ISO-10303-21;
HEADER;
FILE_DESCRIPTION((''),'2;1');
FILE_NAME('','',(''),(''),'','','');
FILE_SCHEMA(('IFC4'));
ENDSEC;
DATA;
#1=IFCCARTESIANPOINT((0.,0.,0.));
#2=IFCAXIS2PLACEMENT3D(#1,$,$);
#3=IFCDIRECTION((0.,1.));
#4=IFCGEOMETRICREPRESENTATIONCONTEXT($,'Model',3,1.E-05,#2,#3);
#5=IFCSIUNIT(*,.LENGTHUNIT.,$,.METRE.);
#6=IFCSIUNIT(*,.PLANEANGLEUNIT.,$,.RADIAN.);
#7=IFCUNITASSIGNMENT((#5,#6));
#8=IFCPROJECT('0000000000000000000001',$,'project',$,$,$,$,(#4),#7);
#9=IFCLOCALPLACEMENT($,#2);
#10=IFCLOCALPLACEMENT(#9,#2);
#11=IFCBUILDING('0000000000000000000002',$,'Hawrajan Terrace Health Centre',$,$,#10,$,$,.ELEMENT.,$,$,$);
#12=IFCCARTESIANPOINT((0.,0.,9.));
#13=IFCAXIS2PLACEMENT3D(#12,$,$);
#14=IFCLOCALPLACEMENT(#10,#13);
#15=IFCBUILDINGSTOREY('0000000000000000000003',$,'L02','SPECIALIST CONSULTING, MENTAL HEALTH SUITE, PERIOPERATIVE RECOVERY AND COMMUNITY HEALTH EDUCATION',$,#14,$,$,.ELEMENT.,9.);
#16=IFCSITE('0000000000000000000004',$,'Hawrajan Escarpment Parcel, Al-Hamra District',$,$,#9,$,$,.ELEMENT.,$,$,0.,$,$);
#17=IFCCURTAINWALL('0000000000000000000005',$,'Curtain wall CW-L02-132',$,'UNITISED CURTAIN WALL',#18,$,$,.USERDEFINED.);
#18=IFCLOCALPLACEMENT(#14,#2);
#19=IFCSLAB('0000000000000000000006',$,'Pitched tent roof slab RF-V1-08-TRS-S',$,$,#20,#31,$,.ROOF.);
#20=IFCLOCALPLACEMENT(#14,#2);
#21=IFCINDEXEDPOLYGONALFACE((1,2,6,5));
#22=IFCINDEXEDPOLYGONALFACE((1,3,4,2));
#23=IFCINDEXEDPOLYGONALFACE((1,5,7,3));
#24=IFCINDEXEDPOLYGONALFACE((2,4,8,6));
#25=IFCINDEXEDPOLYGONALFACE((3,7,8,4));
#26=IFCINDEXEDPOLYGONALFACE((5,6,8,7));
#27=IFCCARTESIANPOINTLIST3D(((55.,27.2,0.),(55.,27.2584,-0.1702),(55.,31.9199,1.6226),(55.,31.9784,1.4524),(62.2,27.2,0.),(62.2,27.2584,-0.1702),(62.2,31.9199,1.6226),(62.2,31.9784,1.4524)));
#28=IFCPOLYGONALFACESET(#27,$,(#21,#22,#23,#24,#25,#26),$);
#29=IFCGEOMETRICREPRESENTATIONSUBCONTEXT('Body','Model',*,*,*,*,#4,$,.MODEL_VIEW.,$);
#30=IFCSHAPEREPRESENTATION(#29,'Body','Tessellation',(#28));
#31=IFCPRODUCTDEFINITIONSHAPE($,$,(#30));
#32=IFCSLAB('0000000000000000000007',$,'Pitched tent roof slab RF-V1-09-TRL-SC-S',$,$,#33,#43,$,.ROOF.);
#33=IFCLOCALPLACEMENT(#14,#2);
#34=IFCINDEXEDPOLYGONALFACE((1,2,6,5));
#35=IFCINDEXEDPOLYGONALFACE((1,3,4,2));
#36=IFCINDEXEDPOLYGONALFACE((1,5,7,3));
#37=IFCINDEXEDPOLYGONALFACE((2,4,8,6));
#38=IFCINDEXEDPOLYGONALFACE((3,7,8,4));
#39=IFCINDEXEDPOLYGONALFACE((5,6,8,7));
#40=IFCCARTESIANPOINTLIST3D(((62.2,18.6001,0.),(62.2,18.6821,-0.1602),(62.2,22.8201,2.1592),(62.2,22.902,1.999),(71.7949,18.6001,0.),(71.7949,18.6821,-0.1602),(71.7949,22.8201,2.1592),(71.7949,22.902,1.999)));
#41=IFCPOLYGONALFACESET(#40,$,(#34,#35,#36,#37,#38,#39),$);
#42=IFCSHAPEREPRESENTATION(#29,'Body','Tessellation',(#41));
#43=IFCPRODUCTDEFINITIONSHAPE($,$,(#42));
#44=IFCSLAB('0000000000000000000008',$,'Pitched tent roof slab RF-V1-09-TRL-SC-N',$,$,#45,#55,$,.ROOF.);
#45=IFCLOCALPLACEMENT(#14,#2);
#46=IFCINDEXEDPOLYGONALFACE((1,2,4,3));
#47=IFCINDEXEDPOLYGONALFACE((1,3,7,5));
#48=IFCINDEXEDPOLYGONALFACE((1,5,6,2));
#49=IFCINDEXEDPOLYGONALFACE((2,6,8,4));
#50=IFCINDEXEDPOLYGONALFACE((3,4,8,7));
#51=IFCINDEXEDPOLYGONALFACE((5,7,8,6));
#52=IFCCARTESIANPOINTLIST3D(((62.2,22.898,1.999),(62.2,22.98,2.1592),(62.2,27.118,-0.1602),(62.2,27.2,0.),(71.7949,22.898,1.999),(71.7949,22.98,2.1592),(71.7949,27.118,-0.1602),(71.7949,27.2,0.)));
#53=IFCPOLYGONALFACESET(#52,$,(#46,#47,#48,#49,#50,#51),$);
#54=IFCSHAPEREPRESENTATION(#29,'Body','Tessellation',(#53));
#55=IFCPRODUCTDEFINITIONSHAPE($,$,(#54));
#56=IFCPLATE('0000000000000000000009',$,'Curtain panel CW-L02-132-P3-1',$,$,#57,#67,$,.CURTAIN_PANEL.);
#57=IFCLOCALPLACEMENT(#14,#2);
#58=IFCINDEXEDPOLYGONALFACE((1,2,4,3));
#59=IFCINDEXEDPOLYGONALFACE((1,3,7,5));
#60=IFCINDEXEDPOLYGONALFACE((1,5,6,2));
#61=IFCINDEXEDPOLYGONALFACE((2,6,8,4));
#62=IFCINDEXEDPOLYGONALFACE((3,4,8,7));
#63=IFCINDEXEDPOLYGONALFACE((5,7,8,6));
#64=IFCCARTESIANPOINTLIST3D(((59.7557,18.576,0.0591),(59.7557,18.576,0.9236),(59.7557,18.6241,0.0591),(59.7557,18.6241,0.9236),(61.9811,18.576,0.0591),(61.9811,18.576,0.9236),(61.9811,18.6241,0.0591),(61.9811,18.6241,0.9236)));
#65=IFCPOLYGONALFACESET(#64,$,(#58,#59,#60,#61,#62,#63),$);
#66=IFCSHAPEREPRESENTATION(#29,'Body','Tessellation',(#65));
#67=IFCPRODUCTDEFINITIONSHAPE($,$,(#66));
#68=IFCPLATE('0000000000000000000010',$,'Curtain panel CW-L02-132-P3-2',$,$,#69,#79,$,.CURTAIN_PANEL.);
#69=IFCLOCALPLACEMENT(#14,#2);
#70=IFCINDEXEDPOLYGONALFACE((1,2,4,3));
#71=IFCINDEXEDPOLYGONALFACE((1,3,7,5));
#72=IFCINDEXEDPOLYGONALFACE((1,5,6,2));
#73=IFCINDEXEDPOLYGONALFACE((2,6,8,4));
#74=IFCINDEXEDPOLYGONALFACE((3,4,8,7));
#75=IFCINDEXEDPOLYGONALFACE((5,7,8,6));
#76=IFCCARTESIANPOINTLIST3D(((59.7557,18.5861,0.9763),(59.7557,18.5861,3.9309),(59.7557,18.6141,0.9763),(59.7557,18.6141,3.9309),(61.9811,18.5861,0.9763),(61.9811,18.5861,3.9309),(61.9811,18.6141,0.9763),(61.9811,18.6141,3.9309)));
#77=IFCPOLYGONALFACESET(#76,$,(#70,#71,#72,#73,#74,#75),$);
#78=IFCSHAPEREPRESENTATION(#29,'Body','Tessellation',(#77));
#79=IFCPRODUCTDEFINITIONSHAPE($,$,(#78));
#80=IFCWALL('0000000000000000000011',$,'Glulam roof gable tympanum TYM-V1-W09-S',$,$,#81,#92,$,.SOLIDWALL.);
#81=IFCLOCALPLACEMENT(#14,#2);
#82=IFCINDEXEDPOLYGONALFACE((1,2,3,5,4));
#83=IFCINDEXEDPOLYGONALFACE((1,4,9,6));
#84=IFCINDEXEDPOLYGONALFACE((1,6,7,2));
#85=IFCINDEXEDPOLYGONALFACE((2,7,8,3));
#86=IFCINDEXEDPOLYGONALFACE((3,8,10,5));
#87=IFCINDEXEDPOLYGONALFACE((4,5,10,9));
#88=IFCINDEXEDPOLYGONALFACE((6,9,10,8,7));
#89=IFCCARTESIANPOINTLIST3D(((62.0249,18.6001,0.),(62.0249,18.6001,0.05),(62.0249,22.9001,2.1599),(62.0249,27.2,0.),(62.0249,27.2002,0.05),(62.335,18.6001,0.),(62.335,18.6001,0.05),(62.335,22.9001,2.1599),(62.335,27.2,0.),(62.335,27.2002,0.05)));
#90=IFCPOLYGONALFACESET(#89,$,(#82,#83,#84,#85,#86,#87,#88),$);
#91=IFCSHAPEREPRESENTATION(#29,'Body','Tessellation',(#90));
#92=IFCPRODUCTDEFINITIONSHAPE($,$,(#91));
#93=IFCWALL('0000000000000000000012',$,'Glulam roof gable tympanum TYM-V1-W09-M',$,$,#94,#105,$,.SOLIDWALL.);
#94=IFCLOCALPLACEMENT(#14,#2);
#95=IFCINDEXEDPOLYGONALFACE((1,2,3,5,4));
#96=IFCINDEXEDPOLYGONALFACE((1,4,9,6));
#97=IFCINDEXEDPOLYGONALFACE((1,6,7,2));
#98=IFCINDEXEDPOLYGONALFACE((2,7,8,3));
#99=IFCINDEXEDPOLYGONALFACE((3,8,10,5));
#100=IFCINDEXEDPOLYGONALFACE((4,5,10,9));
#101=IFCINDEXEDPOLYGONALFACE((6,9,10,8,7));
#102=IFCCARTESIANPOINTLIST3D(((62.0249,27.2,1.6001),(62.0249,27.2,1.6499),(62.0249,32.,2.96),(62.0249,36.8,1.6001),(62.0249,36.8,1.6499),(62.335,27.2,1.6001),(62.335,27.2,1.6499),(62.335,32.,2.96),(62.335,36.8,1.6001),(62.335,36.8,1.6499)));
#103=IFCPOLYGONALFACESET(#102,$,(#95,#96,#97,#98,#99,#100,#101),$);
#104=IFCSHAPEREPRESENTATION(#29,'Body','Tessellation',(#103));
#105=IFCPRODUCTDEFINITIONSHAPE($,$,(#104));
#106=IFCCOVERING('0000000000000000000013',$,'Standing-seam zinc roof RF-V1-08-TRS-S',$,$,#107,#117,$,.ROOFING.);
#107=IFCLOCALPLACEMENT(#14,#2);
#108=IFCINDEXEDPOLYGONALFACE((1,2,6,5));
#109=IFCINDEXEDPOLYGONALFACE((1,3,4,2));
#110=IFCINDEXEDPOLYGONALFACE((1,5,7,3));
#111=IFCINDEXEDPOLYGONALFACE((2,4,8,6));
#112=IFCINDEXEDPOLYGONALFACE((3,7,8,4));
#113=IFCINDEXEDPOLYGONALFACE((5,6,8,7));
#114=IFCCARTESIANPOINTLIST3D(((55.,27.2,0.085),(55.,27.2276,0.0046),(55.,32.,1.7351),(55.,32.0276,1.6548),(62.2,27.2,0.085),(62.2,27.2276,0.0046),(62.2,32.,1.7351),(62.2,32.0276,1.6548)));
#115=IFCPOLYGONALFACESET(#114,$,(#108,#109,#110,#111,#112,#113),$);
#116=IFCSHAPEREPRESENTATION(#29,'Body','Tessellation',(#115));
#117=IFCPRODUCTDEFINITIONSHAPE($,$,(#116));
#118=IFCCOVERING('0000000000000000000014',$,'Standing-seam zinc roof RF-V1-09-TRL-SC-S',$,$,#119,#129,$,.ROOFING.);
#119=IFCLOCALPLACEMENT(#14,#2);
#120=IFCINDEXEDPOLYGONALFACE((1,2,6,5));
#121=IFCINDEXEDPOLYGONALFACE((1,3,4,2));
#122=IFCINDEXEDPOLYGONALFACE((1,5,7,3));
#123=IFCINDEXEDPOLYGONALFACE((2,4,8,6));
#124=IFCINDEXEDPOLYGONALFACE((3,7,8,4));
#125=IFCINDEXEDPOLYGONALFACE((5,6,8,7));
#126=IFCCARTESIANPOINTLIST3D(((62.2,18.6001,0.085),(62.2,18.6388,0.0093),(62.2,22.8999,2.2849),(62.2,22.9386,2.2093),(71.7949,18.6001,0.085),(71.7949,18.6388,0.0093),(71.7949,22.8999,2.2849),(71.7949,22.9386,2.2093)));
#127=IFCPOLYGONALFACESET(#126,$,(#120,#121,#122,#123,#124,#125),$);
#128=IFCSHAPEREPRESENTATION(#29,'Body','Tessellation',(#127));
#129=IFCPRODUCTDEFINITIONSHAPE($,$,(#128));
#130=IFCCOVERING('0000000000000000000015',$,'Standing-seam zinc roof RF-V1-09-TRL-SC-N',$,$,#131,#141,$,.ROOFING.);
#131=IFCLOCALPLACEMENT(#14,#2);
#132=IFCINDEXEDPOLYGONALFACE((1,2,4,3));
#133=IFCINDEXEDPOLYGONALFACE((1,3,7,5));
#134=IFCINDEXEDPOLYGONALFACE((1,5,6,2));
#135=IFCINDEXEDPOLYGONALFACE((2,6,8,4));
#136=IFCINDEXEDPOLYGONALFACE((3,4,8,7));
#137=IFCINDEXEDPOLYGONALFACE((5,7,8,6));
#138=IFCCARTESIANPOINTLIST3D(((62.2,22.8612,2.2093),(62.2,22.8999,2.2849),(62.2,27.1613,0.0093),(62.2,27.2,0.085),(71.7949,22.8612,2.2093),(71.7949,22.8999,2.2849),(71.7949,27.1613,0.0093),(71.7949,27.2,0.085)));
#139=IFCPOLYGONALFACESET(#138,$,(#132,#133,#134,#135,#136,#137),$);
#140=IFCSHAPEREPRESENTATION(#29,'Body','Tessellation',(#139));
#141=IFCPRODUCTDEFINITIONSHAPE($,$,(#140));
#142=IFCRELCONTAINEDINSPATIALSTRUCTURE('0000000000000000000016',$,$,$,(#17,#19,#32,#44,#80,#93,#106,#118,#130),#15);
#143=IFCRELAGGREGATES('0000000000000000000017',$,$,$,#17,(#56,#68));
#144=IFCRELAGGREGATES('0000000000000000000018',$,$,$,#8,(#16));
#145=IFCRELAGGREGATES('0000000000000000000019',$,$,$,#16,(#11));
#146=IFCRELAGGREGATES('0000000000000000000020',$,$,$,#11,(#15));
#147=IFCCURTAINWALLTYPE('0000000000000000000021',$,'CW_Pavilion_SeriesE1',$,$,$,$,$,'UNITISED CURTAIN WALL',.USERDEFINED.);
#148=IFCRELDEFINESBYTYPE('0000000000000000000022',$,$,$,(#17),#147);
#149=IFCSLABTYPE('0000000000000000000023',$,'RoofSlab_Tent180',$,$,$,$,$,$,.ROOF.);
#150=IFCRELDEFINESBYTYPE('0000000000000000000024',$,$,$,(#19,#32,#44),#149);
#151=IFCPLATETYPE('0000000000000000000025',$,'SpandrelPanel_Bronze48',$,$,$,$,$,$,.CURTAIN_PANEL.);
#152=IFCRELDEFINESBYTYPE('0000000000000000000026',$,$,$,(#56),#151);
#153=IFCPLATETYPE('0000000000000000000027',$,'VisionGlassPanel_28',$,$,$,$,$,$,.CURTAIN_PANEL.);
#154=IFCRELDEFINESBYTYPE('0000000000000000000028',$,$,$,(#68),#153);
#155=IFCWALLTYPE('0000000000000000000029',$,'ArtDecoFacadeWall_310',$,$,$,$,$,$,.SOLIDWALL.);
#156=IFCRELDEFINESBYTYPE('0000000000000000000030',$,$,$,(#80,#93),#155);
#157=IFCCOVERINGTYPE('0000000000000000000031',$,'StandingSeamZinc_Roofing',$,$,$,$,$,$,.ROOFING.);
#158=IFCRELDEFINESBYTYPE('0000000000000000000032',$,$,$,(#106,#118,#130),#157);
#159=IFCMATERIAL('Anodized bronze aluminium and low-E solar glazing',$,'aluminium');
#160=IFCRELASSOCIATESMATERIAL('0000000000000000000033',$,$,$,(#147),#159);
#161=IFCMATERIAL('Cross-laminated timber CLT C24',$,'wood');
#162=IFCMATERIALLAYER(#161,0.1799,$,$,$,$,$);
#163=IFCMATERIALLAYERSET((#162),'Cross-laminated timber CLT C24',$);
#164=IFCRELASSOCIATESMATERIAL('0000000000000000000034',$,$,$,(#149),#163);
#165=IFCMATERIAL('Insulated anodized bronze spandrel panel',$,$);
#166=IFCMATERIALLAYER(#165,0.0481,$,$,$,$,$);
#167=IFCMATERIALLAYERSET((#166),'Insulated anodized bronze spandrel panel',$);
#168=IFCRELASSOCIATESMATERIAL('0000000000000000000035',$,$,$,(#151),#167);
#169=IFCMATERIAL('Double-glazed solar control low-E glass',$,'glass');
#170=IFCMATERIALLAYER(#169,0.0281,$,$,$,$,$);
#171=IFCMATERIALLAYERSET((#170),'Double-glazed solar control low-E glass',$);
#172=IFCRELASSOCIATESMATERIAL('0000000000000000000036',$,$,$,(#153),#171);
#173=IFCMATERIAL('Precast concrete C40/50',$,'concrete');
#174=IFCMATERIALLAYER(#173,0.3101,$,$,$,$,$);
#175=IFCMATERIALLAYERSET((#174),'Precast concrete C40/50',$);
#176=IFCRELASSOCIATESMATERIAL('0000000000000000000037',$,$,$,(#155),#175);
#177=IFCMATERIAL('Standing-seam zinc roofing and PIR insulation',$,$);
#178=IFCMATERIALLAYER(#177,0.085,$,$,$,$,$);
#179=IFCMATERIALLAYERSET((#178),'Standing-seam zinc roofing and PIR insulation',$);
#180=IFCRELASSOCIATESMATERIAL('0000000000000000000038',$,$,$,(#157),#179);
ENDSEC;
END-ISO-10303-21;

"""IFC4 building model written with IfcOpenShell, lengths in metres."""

from ifc_helpers import new_model, si_unit, direction, frame, origin, origin_2d, place, context, subcontext, project, spatial, polyline, rectangle, outline, extrude, material, layer, layer_set, type_object, element, aggregate, save


model = new_model("IFC4")

# Units and contexts
model_context = context("Model", 3, precision=1e-05, world=origin(), true_north=direction((0.0, 1.0)))
body_context = subcontext(model_context, "Body", "Model", "MODEL_VIEW")
ifc_project = project(units=[si_unit("LENGTHUNIT", "METRE"), si_unit("PLANEANGLEUNIT", "RADIAN")], contexts=[model_context])

# Site, building, storey
site_placement = place(None, origin())
site = spatial("IfcSite", under=ifc_project, at=site_placement, Name="Hawrajan Escarpment Parcel, Al-Hamra District", CompositionType="ELEMENT", RefElevation=0.0)
building_placement = place(site_placement, origin())
building = spatial("IfcBuilding", under=site, at=building_placement, Name="Hawrajan Terrace Health Centre", CompositionType="ELEMENT")
storey_placement = place(building_placement, frame((0.0, 0.0, 9.0)))
storey = spatial("IfcBuildingStorey", under=building, at=storey_placement, Name="L02", Description="SPECIALIST CONSULTING, MENTAL HEALTH SUITE, PERIOPERATIVE RECOVERY AND COMMUNITY HEALTH EDUCATION", CompositionType="ELEMENT", Elevation=9.0)

# Curtain wall
ifc_material_1 = material(Name="Anodized bronze aluminium and low-E solar glazing", Category="aluminium")
curtain_wall_type = type_object("IfcCurtainWallType", Name="CW_Pavilion_SeriesE1", ElementType="UNITISED CURTAIN WALL", PredefinedType="USERDEFINED", material=ifc_material_1)
curtain_wall_placement = place(storey_placement, origin())
curtain_wall = element("IfcCurtainWall", 1, at=curtain_wall_placement, inside=storey, type_object=curtain_wall_type, Name="Curtain wall CW-L02-132", ObjectType="UNITISED CURTAIN WALL", PredefinedType="USERDEFINED")

# Slabs
ifc_material_2 = material(Name="Cross-laminated timber CLT C24", Category="wood")
ifc_layer_1 = layer(ifc_material_2, 0.1799)
ifc_layer_set_1 = layer_set([ifc_layer_1], Name="Cross-laminated timber CLT C24")
slab_type = type_object("IfcSlabType", Name="RoofSlab_Tent180", PredefinedType="ROOF", material=ifc_layer_set_1)
slab_placement = place(storey_placement, frame((55.0, 27.2, 0.0), z_axis=(0.0, -0.325092, 0.945682), x_axis=(1.0, 0.0, 0.0)))
element("IfcSlab", 2, at=slab_placement, inside=storey, type_object=slab_type, Name="Pitched tent roof slab RF-V1-08-TRS-S", PredefinedType="ROOF", context=body_context, shape_type="SweptSolid", body=[
    extrude(outline(polyline([(0.0, 0.0), (7.2, 0.0), (7.2, 4.9911), (0.0, 4.9911), (0.0, 0.0)])), origin(), (0.0, 0.0, -1.0), 0.1799),
])
for number, where, z_axis, x_axis, name in (
    (3, (62.2, 18.6001, 0.0), (0.0, -0.455497, 0.890237), (1.0, 0.0, 0.0), "Pitched tent roof slab RF-V1-09-TRL-SC-S"),
    (4, (62.2, 22.98, 2.1592), (0.0, 0.455497, 0.890237), (1.0, 0.0, 0.0), "Pitched tent roof slab RF-V1-09-TRL-SC-N"),
):
    element("IfcSlab", number, at=place(storey_placement, frame(where, z_axis=z_axis, x_axis=x_axis)), inside=storey, type_object=slab_type, Name=name, PredefinedType="ROOF", context=body_context, shape_type="SweptSolid", body=[
        extrude(outline(polyline([(0.0, 0.0), (9.595, 0.0), (9.595, 4.7403), (0.0, 4.7403), (0.0, 0.0)])), origin(), (0.0, 0.0, -1.0), 0.1799),
    ])

# Plates
ifc_material_3 = material(Name="Insulated anodized bronze spandrel panel")
ifc_layer_2 = layer(ifc_material_3, 0.0481)
ifc_layer_set_2 = layer_set([ifc_layer_2], Name="Insulated anodized bronze spandrel panel")
plate_type_1 = type_object("IfcPlateType", Name="SpandrelPanel_Bronze48", PredefinedType="CURTAIN_PANEL", material=ifc_layer_set_2)
plate_1_placement = place(storey_placement, frame((60.8684, 18.6001, 0.0591), z_axis=(0.0, 0.0, 1.0), x_axis=(1.0, 0.0, 0.0)))
plate_1 = element("IfcPlate", 5, at=plate_1_placement, type_object=plate_type_1, Name="Curtain panel CW-L02-132-P3-1", PredefinedType="CURTAIN_PANEL", context=body_context, shape_type="SweptSolid", body=[
    extrude(rectangle(XDim=2.2253, YDim=0.0481, at=origin_2d()), origin(), (0.0, 0.0, 1.0), 0.8645),
])
ifc_material_4 = material(Name="Double-glazed solar control low-E glass", Category="glass")
ifc_layer_3 = layer(ifc_material_4, 0.0281)
ifc_layer_set_3 = layer_set([ifc_layer_3], Name="Double-glazed solar control low-E glass")
plate_type_2 = type_object("IfcPlateType", Name="VisionGlassPanel_28", PredefinedType="CURTAIN_PANEL", material=ifc_layer_set_3)
plate_2_placement = place(storey_placement, frame((60.8684, 18.6001, 0.9763), z_axis=(0.0, 0.0, 1.0), x_axis=(1.0, 0.0, 0.0)))
plate_2 = element("IfcPlate", 6, at=plate_2_placement, type_object=plate_type_2, Name="Curtain panel CW-L02-132-P3-2", PredefinedType="CURTAIN_PANEL", context=body_context, shape_type="SweptSolid", body=[
    extrude(rectangle(XDim=2.2253, YDim=0.0281, at=origin_2d()), origin(), (0.0, 0.0, 1.0), 2.9546),
])
aggregate(curtain_wall, [plate_1, plate_2])

# Walls
ifc_material_5 = material(Name="Precast concrete C40/50", Category="concrete")
ifc_layer_4 = layer(ifc_material_5, 0.3101)
ifc_layer_set_4 = layer_set([ifc_layer_4], Name="Precast concrete C40/50")
wall_type = type_object("IfcWallType", Name="ArtDecoFacadeWall_310", PredefinedType="SOLIDWALL", material=ifc_layer_set_4)
wall_1_placement = place(storey_placement, frame((62.1799, 18.6001, 0.0), z_axis=(0.0, 0.0, 1.0), x_axis=(0.0, 1.0, 0.0)))
element("IfcWall", 7, at=wall_1_placement, inside=storey, type_object=wall_type, Name="Glulam roof gable tympanum TYM-V1-W09-S", PredefinedType="SOLIDWALL", context=body_context, shape_type="SweptSolid", body=[
    extrude(outline(polyline([(0.0, 0.0), (8.5999, 0.0), (8.6001, 0.05), (4.3, 2.1599), (0.0, 0.05), (0.0, 0.0)])), frame((0.0, 0.155, 0.0), z_axis=(0.0, -1.0, 0.0), x_axis=(1.0, 0.0, 0.0)), (0.0, 0.0, 1.0), 0.3101),
])
wall_2_placement = place(storey_placement, frame((62.1799, 27.2, 1.6001), z_axis=(0.0, 0.0, 1.0), x_axis=(0.0, 1.0, 0.0)))
element("IfcWall", 8, at=wall_2_placement, inside=storey, type_object=wall_type, Name="Glulam roof gable tympanum TYM-V1-W09-M", PredefinedType="SOLIDWALL", context=body_context, shape_type="SweptSolid", body=[
    extrude(outline(polyline([(0.0, 0.0), (9.6001, 0.0), (9.6001, 0.0498), (4.8, 1.3599), (0.0, 0.0498), (0.0, 0.0)])), frame((0.0, 0.155, 0.0), z_axis=(0.0, -1.0, 0.0), x_axis=(1.0, 0.0, 0.0)), (0.0, 0.0, 1.0), 0.3101),
])

# Coverings
ifc_material_6 = material(Name="Standing-seam zinc roofing and PIR insulation")
ifc_layer_5 = layer(ifc_material_6, 0.085)
ifc_layer_set_5 = layer_set([ifc_layer_5], Name="Standing-seam zinc roofing and PIR insulation")
covering_type = type_object("IfcCoveringType", Name="StandingSeamZinc_Roofing", PredefinedType="ROOFING", material=ifc_layer_set_5)
covering_1_placement = place(storey_placement, frame((55.0, 27.2, 0.085), z_axis=(0.0, -0.325103, 0.945679), x_axis=(1.0, 0.0, 0.0)))
element("IfcCovering", 9, at=covering_1_placement, inside=storey, type_object=covering_type, Name="Standing-seam zinc roof RF-V1-08-TRS-S", PredefinedType="ROOFING", context=body_context, shape_type="SweptSolid", body=[
    extrude(outline(polyline([(0.0, 0.0), (7.2, 0.0), (7.2, 5.0758), (0.0, 5.0758), (0.0, 0.0)])), origin(), (0.0, 0.0, -1.0), 0.085),
])
covering_2_placement = place(storey_placement, frame((62.2, 18.6001, 0.085), z_axis=(0.0, -0.455484, 0.890244), x_axis=(1.0, 0.0, 0.0)))
element("IfcCovering", 10, at=covering_2_placement, inside=storey, type_object=covering_type, Name="Standing-seam zinc roof RF-V1-09-TRL-SC-S", PredefinedType="ROOFING", context=body_context, shape_type="SweptSolid", body=[
    extrude(outline(polyline([(0.0, 0.0), (9.595, 0.0), (9.595, 4.8299), (0.0, 4.8299), (0.0, 0.0)])), origin(), (0.0, 0.0, -1.0), 0.085),
])
covering_3_placement = place(storey_placement, frame((62.2, 22.8999, 2.2849), z_axis=(0.0, 0.455464, 0.890254), x_axis=(1.0, 0.0, 0.0)))
element("IfcCovering", 11, at=covering_3_placement, inside=storey, type_object=covering_type, Name="Standing-seam zinc roof RF-V1-09-TRL-SC-N", PredefinedType="ROOFING", context=body_context, shape_type="SweptSolid", body=[
    extrude(outline(polyline([(0.0, 0.0), (9.595, 0.0), (9.595, 4.8301), (0.0, 4.8301), (0.0, 0.0)])), origin(), (0.0, 0.0, -1.0), 0.085),
])

save(model, "model.ifc")
